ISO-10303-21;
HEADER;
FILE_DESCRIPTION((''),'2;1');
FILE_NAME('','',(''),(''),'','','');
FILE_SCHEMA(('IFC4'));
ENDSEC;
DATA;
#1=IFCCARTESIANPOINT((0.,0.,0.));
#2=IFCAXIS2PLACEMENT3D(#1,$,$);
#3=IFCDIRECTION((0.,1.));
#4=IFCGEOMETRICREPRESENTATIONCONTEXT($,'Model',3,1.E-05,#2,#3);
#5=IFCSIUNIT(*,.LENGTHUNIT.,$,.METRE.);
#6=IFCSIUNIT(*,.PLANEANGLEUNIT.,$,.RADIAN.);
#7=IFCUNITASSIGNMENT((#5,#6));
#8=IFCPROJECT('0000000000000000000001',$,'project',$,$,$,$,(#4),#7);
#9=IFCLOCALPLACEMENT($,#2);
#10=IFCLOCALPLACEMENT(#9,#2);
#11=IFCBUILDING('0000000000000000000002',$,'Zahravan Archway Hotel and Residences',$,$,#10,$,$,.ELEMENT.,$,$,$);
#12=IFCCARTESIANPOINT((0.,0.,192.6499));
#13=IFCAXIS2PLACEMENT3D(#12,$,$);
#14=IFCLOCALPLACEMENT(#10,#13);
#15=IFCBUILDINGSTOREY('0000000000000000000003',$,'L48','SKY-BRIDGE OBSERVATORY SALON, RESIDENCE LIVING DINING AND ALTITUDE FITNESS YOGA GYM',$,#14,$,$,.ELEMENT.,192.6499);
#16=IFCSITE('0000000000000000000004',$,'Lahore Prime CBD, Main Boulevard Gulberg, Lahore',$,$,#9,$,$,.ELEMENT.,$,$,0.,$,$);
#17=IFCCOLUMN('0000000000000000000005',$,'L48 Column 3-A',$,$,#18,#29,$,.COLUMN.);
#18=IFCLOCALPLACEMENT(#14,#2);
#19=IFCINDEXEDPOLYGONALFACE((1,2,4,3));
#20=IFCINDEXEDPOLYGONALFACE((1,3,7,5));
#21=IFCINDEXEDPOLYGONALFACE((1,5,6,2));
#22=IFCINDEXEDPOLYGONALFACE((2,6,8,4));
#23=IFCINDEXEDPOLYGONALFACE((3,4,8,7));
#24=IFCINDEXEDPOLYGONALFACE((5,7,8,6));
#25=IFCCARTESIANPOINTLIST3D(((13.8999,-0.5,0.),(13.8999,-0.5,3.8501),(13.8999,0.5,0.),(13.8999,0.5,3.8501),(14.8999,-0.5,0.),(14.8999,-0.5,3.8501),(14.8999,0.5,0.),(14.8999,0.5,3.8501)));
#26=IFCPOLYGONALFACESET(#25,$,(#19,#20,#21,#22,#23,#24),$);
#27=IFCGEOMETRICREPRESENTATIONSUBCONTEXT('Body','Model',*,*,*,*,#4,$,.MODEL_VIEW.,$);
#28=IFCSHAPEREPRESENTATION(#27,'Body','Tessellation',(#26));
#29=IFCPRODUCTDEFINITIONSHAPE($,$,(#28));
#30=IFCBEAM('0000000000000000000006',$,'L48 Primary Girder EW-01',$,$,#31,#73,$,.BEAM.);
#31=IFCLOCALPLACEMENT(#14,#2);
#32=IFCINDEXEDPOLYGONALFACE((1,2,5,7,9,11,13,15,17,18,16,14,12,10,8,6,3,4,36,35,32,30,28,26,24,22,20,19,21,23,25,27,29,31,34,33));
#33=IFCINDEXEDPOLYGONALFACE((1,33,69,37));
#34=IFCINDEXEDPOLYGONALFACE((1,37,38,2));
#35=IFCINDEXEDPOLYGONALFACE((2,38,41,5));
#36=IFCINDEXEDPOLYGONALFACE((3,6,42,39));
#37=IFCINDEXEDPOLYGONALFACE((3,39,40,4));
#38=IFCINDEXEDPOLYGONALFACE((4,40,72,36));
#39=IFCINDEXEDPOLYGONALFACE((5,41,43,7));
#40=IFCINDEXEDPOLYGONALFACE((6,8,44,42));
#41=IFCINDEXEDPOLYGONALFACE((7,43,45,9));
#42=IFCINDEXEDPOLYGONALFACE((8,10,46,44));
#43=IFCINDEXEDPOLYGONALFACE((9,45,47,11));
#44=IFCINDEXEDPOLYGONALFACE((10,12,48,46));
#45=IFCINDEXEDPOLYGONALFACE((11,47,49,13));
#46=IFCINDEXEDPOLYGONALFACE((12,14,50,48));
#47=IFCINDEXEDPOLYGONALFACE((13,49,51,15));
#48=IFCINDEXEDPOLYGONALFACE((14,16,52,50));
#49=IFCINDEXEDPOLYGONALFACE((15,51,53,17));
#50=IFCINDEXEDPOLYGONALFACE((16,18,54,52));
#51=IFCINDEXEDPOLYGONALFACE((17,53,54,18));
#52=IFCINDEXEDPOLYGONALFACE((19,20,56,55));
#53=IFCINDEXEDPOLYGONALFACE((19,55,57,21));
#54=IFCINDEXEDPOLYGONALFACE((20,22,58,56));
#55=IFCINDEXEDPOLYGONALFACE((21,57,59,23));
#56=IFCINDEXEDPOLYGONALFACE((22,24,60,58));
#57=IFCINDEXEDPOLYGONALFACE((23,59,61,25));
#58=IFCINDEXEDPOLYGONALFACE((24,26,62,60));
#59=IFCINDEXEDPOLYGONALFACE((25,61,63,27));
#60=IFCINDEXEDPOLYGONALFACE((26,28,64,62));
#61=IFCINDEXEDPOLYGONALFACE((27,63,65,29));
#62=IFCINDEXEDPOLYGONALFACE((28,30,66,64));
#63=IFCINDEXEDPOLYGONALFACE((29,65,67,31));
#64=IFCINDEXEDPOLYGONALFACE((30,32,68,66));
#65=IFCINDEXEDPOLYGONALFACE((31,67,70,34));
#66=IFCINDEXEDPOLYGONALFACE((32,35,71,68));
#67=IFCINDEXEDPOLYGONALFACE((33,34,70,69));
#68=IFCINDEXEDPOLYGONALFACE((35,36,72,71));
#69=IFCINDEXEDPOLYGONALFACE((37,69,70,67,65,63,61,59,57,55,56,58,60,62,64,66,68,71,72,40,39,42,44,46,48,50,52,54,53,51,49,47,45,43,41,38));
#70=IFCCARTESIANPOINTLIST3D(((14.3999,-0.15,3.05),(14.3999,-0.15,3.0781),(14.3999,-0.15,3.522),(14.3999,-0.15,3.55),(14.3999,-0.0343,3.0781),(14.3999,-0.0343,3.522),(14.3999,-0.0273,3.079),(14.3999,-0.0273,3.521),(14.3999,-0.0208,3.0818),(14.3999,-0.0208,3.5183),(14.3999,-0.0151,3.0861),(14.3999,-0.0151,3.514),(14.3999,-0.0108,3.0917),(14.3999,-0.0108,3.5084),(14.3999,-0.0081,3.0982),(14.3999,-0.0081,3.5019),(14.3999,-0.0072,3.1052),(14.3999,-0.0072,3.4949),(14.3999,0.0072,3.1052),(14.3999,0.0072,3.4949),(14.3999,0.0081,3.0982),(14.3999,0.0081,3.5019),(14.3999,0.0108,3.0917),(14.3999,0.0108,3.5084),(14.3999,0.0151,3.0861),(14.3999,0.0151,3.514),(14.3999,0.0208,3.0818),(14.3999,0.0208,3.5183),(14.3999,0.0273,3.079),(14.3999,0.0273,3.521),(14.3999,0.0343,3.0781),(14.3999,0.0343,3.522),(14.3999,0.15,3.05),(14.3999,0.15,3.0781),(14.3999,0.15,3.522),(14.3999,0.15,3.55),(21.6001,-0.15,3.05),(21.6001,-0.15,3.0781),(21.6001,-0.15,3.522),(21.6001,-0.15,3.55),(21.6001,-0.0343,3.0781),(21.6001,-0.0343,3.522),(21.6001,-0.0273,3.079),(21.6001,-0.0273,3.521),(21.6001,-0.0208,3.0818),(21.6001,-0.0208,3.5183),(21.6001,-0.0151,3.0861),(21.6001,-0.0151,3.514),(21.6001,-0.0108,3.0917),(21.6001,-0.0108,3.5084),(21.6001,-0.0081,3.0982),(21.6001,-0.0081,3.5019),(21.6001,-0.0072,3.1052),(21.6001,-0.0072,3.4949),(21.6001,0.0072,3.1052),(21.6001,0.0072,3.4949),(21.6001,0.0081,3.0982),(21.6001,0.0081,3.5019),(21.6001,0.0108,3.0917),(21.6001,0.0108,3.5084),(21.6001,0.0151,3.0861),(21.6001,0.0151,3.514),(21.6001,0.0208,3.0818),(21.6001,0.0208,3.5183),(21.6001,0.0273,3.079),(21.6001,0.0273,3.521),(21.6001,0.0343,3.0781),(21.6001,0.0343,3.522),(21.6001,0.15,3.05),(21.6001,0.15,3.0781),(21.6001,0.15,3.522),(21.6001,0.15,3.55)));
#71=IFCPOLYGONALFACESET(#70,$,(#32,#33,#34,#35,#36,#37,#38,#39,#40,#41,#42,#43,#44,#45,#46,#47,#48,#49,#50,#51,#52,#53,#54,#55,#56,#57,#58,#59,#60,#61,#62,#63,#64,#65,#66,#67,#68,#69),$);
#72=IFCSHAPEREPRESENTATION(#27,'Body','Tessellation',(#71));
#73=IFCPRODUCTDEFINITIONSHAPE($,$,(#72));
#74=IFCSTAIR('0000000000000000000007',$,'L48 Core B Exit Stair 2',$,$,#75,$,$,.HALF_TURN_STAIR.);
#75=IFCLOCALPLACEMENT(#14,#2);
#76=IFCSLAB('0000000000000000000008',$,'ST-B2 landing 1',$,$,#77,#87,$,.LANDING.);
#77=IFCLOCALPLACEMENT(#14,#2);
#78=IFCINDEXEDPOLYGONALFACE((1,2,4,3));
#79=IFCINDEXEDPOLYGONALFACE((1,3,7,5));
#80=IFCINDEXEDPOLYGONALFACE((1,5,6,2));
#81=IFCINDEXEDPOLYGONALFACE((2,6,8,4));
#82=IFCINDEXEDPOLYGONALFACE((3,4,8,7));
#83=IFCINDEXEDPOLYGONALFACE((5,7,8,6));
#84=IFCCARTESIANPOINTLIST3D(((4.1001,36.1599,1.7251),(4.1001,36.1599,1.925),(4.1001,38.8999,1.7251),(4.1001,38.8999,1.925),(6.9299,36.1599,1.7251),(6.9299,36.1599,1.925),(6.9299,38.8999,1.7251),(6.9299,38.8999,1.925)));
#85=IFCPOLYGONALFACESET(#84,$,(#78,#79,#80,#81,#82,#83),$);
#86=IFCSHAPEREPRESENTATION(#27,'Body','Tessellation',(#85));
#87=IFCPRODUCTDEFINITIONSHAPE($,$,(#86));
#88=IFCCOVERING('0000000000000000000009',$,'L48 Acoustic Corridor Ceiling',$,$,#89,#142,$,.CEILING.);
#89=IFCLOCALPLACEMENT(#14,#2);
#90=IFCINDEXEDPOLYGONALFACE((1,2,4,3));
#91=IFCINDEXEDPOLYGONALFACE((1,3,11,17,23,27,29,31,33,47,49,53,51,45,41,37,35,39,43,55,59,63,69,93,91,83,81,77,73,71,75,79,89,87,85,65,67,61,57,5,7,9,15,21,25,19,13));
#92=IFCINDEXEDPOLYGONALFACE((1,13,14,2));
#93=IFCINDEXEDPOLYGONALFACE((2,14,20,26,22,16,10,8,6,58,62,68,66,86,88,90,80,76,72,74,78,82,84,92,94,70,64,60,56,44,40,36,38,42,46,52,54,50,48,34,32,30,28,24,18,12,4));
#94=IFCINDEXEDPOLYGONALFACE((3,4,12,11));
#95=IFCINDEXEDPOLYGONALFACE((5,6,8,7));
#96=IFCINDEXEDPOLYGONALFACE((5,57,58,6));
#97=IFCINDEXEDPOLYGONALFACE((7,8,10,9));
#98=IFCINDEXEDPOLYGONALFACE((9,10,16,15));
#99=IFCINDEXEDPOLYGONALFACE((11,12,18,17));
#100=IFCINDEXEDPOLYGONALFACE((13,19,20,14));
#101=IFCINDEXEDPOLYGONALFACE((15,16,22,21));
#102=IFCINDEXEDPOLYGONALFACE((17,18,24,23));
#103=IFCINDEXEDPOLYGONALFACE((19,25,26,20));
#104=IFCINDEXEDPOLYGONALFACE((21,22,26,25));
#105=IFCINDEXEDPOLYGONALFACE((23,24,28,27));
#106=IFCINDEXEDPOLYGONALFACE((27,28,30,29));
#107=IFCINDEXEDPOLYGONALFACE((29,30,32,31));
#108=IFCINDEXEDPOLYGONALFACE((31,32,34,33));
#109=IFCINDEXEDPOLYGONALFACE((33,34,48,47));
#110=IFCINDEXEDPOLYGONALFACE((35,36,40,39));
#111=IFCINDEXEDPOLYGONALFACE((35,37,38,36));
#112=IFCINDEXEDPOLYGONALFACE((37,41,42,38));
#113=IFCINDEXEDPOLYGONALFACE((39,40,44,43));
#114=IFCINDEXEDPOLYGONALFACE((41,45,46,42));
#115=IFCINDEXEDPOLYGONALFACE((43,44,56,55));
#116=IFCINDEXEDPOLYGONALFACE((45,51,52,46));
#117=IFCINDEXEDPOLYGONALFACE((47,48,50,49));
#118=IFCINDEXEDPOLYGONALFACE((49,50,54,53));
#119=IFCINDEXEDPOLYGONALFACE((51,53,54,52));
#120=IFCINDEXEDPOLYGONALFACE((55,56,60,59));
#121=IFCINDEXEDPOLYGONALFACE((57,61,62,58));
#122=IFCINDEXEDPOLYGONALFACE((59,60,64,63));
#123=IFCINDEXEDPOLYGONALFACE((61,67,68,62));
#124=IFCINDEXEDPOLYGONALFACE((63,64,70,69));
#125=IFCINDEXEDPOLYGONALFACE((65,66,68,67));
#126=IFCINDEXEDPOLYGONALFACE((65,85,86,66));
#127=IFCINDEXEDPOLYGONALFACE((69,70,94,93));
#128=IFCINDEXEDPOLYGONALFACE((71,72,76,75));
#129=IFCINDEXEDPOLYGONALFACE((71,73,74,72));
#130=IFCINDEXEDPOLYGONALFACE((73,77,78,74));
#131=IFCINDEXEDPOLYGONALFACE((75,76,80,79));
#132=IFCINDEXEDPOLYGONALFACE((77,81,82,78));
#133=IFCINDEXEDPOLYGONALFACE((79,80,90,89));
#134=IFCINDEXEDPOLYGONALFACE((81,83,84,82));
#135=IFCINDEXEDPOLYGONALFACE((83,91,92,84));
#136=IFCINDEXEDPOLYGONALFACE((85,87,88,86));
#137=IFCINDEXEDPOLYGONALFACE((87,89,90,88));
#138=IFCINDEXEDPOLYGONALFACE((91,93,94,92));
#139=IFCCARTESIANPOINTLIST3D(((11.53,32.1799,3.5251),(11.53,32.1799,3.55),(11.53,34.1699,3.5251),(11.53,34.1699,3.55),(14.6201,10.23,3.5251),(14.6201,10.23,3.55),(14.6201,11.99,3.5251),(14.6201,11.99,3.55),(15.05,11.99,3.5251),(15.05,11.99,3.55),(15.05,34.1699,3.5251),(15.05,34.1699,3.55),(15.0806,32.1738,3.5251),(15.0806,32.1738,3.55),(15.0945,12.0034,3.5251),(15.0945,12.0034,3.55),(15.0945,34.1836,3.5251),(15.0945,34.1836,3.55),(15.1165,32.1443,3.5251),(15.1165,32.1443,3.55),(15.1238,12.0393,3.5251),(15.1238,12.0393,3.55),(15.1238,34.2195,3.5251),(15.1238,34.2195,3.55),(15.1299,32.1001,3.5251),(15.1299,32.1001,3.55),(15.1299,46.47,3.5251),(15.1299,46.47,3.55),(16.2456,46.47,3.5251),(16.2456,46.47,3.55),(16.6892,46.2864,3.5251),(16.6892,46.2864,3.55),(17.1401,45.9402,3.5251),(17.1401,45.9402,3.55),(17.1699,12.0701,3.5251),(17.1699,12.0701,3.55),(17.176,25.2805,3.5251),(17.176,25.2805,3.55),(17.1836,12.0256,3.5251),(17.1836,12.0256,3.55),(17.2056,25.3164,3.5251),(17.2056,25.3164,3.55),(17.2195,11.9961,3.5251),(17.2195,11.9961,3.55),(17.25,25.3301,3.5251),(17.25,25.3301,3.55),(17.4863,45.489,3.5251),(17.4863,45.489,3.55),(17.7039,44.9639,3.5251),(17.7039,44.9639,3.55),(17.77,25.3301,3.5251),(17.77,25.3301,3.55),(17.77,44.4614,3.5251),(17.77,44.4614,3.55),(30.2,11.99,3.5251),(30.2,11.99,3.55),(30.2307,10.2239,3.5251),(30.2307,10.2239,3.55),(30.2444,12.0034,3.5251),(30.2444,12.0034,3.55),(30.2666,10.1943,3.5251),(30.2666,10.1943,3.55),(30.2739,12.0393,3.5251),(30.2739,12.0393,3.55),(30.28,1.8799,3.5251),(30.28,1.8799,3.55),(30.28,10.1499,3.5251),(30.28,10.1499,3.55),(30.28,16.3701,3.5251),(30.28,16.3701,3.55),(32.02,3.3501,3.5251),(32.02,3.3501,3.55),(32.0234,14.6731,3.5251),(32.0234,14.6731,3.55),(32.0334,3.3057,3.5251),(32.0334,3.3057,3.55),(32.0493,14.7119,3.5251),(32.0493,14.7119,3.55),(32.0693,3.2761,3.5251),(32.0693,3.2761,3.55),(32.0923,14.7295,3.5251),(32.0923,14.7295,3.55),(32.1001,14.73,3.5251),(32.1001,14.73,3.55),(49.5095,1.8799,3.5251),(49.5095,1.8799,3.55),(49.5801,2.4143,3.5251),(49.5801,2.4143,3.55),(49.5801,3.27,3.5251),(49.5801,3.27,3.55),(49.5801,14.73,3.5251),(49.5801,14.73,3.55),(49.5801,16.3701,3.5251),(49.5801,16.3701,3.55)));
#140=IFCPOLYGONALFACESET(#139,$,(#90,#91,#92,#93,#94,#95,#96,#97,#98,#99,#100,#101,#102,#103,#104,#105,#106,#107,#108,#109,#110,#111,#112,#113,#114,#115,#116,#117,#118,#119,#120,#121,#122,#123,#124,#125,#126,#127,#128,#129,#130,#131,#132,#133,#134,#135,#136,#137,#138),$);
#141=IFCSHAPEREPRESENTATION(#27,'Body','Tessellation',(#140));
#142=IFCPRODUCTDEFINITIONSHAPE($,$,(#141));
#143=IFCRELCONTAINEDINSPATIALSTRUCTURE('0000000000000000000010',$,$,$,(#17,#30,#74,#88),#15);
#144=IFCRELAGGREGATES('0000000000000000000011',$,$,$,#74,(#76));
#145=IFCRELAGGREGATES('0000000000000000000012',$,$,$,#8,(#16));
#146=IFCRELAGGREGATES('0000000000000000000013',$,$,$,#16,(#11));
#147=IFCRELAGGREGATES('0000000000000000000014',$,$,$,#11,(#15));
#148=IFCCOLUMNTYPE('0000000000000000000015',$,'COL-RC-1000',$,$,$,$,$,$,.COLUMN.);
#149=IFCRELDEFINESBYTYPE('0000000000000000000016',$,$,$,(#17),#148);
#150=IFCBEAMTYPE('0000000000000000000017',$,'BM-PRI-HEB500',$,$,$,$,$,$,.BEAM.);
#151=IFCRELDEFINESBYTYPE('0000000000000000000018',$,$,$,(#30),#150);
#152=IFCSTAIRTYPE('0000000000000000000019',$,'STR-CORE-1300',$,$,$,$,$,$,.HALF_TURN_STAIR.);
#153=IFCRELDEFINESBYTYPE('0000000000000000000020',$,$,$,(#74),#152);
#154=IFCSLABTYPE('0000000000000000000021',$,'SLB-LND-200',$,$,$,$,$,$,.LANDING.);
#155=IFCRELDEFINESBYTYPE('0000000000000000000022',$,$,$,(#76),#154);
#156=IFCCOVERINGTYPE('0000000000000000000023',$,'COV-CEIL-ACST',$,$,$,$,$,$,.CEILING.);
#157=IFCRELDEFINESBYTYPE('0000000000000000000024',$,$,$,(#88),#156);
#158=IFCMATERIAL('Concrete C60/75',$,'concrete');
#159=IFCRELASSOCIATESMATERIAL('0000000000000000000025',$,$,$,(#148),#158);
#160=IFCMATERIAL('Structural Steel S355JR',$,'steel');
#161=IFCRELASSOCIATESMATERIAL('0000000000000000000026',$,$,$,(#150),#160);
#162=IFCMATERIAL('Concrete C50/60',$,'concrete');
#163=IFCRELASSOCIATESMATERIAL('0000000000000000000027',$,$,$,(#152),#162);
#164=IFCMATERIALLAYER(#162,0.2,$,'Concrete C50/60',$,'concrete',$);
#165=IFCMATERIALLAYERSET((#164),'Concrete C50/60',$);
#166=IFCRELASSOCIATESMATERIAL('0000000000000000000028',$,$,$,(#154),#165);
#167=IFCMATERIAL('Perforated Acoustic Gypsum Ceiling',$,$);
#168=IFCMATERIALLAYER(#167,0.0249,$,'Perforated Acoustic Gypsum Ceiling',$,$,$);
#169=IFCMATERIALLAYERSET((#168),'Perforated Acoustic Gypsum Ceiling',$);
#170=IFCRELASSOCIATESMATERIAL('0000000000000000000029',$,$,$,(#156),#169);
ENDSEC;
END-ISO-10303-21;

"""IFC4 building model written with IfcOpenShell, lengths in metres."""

from ifc_helpers import new_model, si_unit, direction, frame, origin, origin_2d, place, context, subcontext, project, spatial, polyline, rectangle, i_section, outline, extrude, source, transform, mapped, material, layer, layer_set, material_profile, profile_set, type_object, type_shapes, element, aggregate, save


model = new_model("IFC4")

# Units and contexts
model_context = context("Model", 3, precision=1e-05, world=origin(), true_north=direction((0.0, 1.0)))
body_context = subcontext(model_context, "Body", "Model", "MODEL_VIEW")
ifc_project = project(units=[si_unit("LENGTHUNIT", "METRE"), si_unit("PLANEANGLEUNIT", "RADIAN")], contexts=[model_context])

# Site, building, storey
site_placement = place(None, origin())
site = spatial("IfcSite", under=ifc_project, at=site_placement, Name="Lahore Prime CBD, Main Boulevard Gulberg, Lahore", CompositionType="ELEMENT", RefElevation=0.0)
building_placement = place(site_placement, origin())
building = spatial("IfcBuilding", under=site, at=building_placement, Name="Zahravan Archway Hotel and Residences", CompositionType="ELEMENT")
storey_placement = place(building_placement, frame((0.0, 0.0, 192.6499)))
storey = spatial("IfcBuildingStorey", under=building, at=storey_placement, Name="L48", Description="SKY-BRIDGE OBSERVATORY SALON, RESIDENCE LIVING DINING AND ALTITUDE FITNESS YOGA GYM", CompositionType="ELEMENT", Elevation=192.6499)

# Column
ifc_material_1 = material(Name="Concrete C60/75", Category="concrete")
ifc_material_profile_1 = material_profile(ifc_material_1, rectangle(XDim=1.0, YDim=1.0, at=origin_2d()), Name="RC-COL-1000x1000", Category="concrete")
ifc_profile_set_1 = profile_set([ifc_material_profile_1], Name="Concrete C60/75")
column_type = type_object("IfcColumnType", Name="COL-RC-1000", PredefinedType="COLUMN", material=ifc_profile_set_1)
shared_shape_1 = source(origin(), body_context, "Body", "SweptSolid", [
    extrude(rectangle(XDim=1.0, YDim=1.0, at=origin_2d()), origin(), (0.0, 0.0, 1.0), 3.8501),
])
column_placement = place(storey_placement, frame((14.3999, 0.0, 0.0), z_axis=(0.0, 0.0, 1.0), x_axis=(1.0, 0.0, 0.0)))
element("IfcColumn", 1, at=column_placement, inside=storey, type_object=column_type, Name="L48 Column 3-A", PredefinedType="COLUMN", context=body_context, shape_type="MappedRepresentation", body=[
    mapped(shared_shape_1, transform((0.0, 0.0, 0.0), scale=1.0)),
])

# Beam
ifc_material_2 = material(Name="Structural Steel S355JR", Category="steel")
ifc_material_profile_2 = material_profile(ifc_material_2, i_section(OverallWidth=0.3, OverallDepth=0.5, WebThickness=0.0144, FlangeThickness=0.0281, FilletRadius=0.0271, at=origin_2d()), Name="HEB 500", Category="steel")
ifc_profile_set_2 = profile_set([ifc_material_profile_2], Name="Structural Steel S355JR")
beam_type = type_object("IfcBeamType", Name="BM-PRI-HEB500", PredefinedType="BEAM", material=ifc_profile_set_2)
shared_shape_2 = source(origin(), body_context, "Body", "SweptSolid", [
    extrude(i_section(OverallWidth=0.3, OverallDepth=0.5, WebThickness=0.0144, FlangeThickness=0.0281, FilletRadius=0.0271, at=origin_2d()), origin(), (0.0, 0.0, 1.0), 7.2002),
])
type_shapes(beam_type, [shared_shape_2])
beam_placement = place(storey_placement, frame((14.3999, 0.0, 3.3), z_axis=(1.0, 0.0, 0.0), x_axis=(0.0, 1.0, 0.0)))
element("IfcBeam", 2, at=beam_placement, inside=storey, type_object=beam_type, Name="L48 Primary Girder EW-01", PredefinedType="BEAM", context=body_context, shape_type="MappedRepresentation", body=[
    mapped(shared_shape_2, transform((0.0, 0.0, 0.0), scale=1.0)),
])

# Stair, slab
ifc_material_3 = material(Name="Concrete C50/60", Category="concrete")
stair_type = type_object("IfcStairType", Name="STR-CORE-1300", PredefinedType="HALF_TURN_STAIR", material=ifc_material_3)
stair_placement = place(storey_placement, origin())
stair = element("IfcStair", 3, at=stair_placement, inside=storey, type_object=stair_type, Name="L48 Core B Exit Stair 2", PredefinedType="HALF_TURN_STAIR")
ifc_layer_1 = layer(ifc_material_3, 0.2, Name="Concrete C50/60", Category="concrete")
ifc_layer_set_1 = layer_set([ifc_layer_1], Name="Concrete C50/60")
slab_type = type_object("IfcSlabType", Name="SLB-LND-200", PredefinedType="LANDING", material=ifc_layer_set_1)
slab_placement = place(storey_placement, frame((0.0, 0.0, 1.7251)))
slab = element("IfcSlab", 4, at=slab_placement, type_object=slab_type, Name="ST-B2 landing 1", PredefinedType="LANDING", context=body_context, shape_type="SweptSolid", body=[
    extrude(outline(polyline([(6.9299, 38.8999), (4.1001, 38.8999), (4.1001, 36.1599), (6.9299, 36.1599), (6.9299, 38.8999)])), origin(), (0.0, 0.0, 1.0), 0.2),
])
aggregate(stair, [slab])

# Covering
ifc_material_4 = material(Name="Perforated Acoustic Gypsum Ceiling")
ifc_layer_2 = layer(ifc_material_4, 0.0249, Name="Perforated Acoustic Gypsum Ceiling")
ifc_layer_set_2 = layer_set([ifc_layer_2], Name="Perforated Acoustic Gypsum Ceiling")
covering_type_1 = type_object("IfcCoveringType", Name="COV-CEIL-ACST", PredefinedType="CEILING", material=ifc_layer_set_2)
covering_1_placement = place(storey_placement, frame((0.0, 0.0, 3.5251)))
element("IfcCovering", 5, at=covering_1_placement, inside=storey, type_object=covering_type_1, Name="L48 Acoustic Corridor Ceiling", PredefinedType="CEILING", context=body_context, shape_type="SweptSolid", body=[
    extrude(outline(polyline([(32.0923, 14.7295), (32.0493, 14.7119), (32.0234, 14.6731), (32.02, 3.3501), (32.0334, 3.3057), (32.0693, 3.2761), (49.5801, 3.27), (49.5801, 2.4143), (49.5095, 1.8799), (30.28, 1.8799), (30.28, 10.1499), (30.2666, 10.1943), (30.2307, 10.2239), (14.6201, 10.23), (14.6201, 11.99), (15.05, 11.99), (15.0945, 12.0034), (15.1238, 12.0393), (15.1299, 32.1001), (15.1165, 32.1443), (15.0806, 32.1738), (11.53, 32.1799), (11.53, 34.1699), (15.05, 34.1699), (15.0945, 34.1836), (15.1238, 34.2195), (15.1299, 46.47), (16.2456, 46.47), (16.6892, 46.2864), (17.1401, 45.9402), (17.4863, 45.489), (17.7039, 44.9639), (17.77, 44.4614), (17.77, 25.3301), (17.25, 25.3301), (17.2056, 25.3164), (17.176, 25.2805), (17.1699, 12.0701), (17.1836, 12.0256), (17.2195, 11.9961), (30.2, 11.99), (30.2444, 12.0034), (30.2739, 12.0393), (30.28, 16.3701), (49.5801, 16.3701), (49.5801, 14.73), (32.1001, 14.73), (32.0923, 14.7295)])), origin(), (0.0, 0.0, 1.0), 0.0249),
])

save(model, "model.ifc")
